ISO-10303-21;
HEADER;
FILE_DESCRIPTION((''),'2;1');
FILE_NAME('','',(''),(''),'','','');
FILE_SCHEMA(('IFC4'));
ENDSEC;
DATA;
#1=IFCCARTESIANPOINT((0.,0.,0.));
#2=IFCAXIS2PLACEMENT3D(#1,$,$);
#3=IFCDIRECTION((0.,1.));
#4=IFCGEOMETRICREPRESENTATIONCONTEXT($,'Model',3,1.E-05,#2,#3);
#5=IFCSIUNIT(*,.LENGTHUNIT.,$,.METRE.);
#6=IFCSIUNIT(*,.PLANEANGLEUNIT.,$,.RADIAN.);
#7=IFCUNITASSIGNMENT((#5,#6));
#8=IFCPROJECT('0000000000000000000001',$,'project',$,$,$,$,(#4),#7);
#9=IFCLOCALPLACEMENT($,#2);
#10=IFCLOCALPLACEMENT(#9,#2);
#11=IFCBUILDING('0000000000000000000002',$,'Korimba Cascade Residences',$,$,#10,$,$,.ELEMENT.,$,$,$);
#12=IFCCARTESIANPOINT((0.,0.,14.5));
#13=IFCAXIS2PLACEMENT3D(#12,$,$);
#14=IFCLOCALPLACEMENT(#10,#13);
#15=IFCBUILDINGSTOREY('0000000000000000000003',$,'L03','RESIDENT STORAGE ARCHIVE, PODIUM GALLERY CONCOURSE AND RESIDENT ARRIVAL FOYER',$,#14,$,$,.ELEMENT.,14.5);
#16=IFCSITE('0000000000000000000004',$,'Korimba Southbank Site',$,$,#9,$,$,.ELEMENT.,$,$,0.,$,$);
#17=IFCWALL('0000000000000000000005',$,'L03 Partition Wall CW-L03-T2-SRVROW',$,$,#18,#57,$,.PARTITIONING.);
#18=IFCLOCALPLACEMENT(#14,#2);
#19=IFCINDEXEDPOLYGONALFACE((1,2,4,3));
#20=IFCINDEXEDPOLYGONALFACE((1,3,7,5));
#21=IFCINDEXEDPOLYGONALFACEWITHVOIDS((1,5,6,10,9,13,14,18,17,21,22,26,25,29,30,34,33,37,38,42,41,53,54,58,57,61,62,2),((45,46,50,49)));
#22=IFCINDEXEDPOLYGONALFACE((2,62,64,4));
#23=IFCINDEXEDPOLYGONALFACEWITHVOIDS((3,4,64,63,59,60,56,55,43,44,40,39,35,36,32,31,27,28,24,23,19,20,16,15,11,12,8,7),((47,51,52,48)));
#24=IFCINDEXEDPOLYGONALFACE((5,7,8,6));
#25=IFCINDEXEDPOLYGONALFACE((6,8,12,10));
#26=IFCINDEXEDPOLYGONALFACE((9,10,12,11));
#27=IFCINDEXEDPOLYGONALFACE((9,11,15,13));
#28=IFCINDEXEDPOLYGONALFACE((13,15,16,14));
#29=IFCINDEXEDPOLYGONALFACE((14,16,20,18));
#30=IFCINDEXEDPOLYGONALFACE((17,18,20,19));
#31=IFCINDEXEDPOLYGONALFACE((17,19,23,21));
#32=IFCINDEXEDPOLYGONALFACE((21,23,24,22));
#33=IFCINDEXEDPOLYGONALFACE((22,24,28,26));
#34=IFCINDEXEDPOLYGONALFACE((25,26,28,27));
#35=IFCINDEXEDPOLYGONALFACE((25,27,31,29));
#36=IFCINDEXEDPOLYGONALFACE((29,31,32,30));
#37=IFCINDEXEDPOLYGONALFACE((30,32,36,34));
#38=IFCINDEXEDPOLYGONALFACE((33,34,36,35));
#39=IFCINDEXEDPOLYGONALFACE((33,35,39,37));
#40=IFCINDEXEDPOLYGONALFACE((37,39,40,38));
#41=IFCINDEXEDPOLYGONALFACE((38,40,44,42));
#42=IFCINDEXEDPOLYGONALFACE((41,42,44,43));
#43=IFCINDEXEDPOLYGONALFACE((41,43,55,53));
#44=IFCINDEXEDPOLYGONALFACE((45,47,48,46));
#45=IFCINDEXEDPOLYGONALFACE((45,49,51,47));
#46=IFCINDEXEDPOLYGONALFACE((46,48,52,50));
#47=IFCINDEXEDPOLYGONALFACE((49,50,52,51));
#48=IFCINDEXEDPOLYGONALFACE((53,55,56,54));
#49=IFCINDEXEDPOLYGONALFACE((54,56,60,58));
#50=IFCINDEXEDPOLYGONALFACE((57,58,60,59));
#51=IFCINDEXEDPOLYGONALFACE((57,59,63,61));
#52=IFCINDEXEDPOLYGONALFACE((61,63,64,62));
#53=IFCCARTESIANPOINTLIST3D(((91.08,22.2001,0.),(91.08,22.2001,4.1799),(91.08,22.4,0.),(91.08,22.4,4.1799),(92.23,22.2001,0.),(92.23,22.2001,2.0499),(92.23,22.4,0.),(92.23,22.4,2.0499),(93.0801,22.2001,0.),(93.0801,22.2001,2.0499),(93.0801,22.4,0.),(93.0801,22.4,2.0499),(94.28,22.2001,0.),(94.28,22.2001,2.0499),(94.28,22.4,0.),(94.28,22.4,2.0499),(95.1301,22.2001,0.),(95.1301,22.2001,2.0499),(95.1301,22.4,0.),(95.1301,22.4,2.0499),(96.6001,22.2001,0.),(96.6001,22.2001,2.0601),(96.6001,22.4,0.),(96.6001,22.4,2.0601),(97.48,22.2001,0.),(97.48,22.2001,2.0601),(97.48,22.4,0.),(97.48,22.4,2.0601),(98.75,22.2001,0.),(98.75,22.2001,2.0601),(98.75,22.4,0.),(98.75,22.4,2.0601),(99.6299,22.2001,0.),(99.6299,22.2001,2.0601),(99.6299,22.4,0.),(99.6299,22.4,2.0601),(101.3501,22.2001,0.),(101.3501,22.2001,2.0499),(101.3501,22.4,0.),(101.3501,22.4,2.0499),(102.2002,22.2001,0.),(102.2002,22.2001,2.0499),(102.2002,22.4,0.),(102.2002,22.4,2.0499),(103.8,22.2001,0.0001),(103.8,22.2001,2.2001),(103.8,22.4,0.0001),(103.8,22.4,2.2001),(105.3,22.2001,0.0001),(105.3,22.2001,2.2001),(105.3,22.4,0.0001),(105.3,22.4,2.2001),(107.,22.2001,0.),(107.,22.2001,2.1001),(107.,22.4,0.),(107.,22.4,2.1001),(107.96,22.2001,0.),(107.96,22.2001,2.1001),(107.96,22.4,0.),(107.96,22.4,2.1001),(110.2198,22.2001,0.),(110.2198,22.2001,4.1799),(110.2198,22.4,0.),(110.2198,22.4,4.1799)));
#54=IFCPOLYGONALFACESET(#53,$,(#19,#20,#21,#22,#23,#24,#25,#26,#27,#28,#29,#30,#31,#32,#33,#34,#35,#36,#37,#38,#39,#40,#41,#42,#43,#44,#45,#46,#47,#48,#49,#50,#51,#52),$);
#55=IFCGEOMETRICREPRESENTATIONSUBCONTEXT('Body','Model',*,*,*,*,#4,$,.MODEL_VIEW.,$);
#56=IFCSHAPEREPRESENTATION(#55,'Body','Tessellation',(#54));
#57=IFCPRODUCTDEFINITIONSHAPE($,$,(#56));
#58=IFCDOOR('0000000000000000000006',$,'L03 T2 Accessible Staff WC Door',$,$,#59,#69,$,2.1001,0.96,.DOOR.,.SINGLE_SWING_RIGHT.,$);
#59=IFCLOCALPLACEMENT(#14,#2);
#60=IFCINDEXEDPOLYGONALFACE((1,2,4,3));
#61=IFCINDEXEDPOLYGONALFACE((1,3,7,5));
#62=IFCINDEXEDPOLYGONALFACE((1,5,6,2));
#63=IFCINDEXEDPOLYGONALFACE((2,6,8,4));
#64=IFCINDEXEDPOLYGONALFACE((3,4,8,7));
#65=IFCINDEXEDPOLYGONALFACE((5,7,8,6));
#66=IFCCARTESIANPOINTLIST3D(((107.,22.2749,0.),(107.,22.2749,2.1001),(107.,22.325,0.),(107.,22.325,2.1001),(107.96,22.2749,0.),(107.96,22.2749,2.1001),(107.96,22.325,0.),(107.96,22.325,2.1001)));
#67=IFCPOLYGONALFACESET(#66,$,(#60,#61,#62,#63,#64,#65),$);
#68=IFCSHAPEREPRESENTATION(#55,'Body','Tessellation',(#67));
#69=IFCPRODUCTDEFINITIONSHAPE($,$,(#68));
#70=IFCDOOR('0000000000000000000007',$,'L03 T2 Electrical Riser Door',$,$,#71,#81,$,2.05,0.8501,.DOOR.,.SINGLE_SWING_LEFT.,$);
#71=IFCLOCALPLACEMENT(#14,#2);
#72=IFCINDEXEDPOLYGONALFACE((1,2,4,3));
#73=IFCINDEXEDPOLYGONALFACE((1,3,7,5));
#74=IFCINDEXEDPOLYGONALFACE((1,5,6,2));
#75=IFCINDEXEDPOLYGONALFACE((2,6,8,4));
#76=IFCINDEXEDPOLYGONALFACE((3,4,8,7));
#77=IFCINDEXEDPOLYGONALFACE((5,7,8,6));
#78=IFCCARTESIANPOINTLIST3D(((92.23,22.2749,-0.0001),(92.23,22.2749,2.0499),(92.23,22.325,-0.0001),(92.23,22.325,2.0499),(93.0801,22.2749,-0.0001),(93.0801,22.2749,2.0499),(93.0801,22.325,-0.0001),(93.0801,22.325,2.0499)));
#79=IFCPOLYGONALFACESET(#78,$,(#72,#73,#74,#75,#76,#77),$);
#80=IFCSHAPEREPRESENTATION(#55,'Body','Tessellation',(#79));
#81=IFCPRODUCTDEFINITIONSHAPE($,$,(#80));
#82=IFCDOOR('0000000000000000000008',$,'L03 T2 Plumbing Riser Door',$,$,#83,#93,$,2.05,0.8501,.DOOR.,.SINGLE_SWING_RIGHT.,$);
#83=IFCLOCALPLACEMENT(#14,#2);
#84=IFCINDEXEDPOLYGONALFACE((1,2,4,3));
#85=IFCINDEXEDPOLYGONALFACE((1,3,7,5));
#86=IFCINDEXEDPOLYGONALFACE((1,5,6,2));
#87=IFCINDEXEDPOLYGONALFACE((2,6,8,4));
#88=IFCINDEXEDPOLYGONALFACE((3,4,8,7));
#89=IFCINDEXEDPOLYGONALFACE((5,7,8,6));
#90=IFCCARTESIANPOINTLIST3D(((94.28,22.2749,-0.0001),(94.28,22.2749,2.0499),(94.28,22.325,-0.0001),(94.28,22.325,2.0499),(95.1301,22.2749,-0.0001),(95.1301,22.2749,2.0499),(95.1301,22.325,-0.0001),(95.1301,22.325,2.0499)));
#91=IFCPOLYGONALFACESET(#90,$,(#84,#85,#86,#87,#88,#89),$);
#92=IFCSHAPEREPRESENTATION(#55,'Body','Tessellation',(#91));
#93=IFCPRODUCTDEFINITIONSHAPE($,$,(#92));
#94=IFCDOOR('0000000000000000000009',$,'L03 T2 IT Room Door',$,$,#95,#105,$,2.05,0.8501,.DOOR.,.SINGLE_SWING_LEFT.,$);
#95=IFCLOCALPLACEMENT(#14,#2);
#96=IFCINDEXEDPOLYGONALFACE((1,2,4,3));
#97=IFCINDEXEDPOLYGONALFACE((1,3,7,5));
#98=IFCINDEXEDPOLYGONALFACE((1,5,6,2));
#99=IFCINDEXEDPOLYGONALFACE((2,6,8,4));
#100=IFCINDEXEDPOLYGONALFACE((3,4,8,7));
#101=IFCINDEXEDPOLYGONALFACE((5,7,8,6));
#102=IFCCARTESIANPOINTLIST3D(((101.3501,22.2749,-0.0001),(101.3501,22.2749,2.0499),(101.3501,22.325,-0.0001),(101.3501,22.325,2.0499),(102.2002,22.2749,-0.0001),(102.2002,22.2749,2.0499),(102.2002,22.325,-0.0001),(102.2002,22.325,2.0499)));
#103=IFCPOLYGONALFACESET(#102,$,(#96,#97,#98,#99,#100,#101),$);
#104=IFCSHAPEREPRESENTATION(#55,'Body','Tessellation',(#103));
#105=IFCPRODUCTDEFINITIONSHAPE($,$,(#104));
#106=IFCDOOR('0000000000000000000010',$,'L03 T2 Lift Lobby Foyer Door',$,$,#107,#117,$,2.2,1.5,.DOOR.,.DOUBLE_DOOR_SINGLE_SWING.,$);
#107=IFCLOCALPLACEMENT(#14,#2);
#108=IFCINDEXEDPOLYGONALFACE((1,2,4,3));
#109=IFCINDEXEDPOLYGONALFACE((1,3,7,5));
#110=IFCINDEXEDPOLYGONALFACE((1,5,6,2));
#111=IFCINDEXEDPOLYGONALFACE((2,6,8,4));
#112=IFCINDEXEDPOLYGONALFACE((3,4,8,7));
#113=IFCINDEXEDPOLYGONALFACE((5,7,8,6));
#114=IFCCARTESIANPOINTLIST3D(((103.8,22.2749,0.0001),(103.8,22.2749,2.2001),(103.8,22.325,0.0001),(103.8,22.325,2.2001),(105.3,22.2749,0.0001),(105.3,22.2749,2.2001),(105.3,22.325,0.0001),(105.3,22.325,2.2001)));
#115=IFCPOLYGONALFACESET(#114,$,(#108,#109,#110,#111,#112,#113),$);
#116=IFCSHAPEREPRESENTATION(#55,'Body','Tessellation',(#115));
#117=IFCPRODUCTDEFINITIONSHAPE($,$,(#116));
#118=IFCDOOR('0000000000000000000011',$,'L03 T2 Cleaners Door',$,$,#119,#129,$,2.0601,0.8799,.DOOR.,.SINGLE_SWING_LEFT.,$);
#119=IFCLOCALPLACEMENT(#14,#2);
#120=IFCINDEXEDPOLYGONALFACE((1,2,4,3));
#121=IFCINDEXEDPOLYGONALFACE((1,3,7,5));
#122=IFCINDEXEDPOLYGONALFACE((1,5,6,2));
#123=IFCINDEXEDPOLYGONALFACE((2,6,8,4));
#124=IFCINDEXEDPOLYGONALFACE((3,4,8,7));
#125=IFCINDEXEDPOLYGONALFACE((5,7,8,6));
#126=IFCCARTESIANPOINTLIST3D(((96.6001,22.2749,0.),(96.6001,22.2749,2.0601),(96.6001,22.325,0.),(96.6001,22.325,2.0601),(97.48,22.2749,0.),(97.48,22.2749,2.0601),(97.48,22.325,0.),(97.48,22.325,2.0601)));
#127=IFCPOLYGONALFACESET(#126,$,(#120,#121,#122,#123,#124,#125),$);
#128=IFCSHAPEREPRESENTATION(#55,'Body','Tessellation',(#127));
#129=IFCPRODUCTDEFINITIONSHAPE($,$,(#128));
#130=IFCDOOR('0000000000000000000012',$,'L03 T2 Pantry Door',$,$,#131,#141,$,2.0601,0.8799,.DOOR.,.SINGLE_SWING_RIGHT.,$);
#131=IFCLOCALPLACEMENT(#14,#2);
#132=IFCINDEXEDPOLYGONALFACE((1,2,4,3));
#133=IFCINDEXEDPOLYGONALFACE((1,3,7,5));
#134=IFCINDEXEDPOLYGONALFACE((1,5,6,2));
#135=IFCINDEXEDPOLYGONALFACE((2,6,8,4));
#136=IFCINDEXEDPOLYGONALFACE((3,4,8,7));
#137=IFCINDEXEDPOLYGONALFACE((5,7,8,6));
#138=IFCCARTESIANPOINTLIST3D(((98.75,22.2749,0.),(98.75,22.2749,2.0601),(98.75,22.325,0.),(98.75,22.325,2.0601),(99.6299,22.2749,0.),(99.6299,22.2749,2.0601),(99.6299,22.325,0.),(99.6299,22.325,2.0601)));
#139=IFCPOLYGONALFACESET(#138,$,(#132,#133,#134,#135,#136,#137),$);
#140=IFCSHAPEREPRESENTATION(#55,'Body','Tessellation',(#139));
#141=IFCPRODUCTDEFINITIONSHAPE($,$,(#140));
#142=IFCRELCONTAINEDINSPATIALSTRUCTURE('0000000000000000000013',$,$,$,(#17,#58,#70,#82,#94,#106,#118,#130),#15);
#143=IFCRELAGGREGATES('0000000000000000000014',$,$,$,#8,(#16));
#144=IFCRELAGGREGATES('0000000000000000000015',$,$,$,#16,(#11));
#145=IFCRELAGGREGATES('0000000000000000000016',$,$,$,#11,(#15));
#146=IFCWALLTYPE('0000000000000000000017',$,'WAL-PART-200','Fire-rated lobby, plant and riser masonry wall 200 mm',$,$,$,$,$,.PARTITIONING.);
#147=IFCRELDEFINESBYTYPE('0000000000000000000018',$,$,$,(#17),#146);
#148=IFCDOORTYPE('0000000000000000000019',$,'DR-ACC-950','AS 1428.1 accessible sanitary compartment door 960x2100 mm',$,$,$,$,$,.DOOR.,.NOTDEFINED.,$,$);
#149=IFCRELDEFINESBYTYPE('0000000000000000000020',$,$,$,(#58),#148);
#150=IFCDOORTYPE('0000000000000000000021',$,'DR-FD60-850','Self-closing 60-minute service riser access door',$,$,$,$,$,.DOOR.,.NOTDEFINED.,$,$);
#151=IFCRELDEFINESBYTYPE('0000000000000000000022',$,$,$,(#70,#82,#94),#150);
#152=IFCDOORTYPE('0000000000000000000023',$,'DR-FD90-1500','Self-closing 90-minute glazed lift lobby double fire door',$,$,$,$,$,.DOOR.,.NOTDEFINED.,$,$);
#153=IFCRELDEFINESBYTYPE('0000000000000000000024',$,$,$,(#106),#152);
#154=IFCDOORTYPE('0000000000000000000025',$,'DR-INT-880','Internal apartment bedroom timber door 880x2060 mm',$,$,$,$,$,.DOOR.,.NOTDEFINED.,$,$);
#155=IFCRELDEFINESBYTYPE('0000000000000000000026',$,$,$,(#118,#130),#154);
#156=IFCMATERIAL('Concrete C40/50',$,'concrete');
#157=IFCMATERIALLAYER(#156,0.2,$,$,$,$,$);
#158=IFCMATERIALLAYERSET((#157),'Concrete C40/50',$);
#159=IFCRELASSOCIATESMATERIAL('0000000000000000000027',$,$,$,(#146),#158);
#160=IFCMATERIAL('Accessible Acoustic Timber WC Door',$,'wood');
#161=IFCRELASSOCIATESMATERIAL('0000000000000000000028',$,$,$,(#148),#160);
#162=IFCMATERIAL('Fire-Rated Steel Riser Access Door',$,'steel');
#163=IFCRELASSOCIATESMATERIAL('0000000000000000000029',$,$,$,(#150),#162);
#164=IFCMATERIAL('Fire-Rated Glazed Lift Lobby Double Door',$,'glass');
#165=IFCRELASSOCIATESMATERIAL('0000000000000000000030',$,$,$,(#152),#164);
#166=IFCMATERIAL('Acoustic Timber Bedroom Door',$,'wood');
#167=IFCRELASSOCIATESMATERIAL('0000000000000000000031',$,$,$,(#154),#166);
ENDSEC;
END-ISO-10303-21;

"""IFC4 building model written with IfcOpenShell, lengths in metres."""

from ifc_helpers import new_model, si_unit, direction, frame, frame_2d, origin, place, context, subcontext, project, spatial, rectangle, extrude, material, layer, layer_set, type_object, element, fill, save


model = new_model("IFC4")

# Units and contexts
model_context = context("Model", 3, precision=1e-05, world=origin(), true_north=direction((0.0, 1.0)))
body_context = subcontext(model_context, "Body", "Model", "MODEL_VIEW")
ifc_project = project(units=[si_unit("LENGTHUNIT", "METRE"), si_unit("PLANEANGLEUNIT", "RADIAN")], contexts=[model_context])

# Site, building, storey
site_placement = place(None, origin())
site = spatial("IfcSite", under=ifc_project, at=site_placement, Name="Korimba Southbank Site", CompositionType="ELEMENT", RefElevation=0.0)
building_placement = place(site_placement, origin())
building = spatial("IfcBuilding", under=site, at=building_placement, Name="Korimba Cascade Residences", CompositionType="ELEMENT")
storey_placement = place(building_placement, frame((0.0, 0.0, 14.5)))
storey = spatial("IfcBuildingStorey", under=building, at=storey_placement, Name="L03", Description="RESIDENT STORAGE ARCHIVE, PODIUM GALLERY CONCOURSE AND RESIDENT ARRIVAL FOYER", CompositionType="ELEMENT", Elevation=14.5)

# Shared definitions
ifc_material_1 = material(Name="Concrete C40/50", Category="concrete")
ifc_layer_1 = layer(ifc_material_1, 0.2)
ifc_layer_set_1 = layer_set([ifc_layer_1], Name="Concrete C40/50")
wall_type_1 = type_object("IfcWallType", Name="WAL-PART-200", Description="Fire-rated lobby, plant and riser masonry wall 200 mm", PredefinedType="PARTITIONING", material=ifc_layer_set_1)

# Wall, openings, doors
wall_1_placement = place(storey_placement, frame((91.0801, 22.3, 0.0), z_axis=(0.0, 0.0, 1.0), x_axis=(1.0, 0.0, 0.0)))
wall_1 = element("IfcWall", 1, at=wall_1_placement, inside=storey, type_object=wall_type_1, Name="L03 Partition Wall CW-L03-T2-SRVROW", PredefinedType="PARTITIONING", context=body_context, shape_type="SweptSolid", body=[
    extrude(rectangle(XDim=19.1399, YDim=0.2, at=frame_2d((9.5698, 0.0))), origin(), (0.0, 0.0, 1.0), 4.1799),
])
opening_1_placement = place(wall_1_placement, frame((1.1499, 0.0, 0.0)))
opening_1 = element("IfcOpeningElement", 2, at=opening_1_placement, cuts=wall_1, PredefinedType="OPENING", context=body_context, shape_type="SweptSolid", body=[
    extrude(rectangle(XDim=0.8501, YDim=2.05, at=frame_2d((0.425, 1.0249))), frame((0.0, 0.1099, 0.0), z_axis=(0.0, -1.0, 0.0), x_axis=(1.0, 0.0, 0.0)), (0.0, 0.0, 1.0), 0.22),
])
opening_2_placement = place(wall_1_placement, frame((3.2, 0.0, 0.0)))
opening_2 = element("IfcOpeningElement", 3, at=opening_2_placement, cuts=wall_1, PredefinedType="OPENING", context=body_context, shape_type="SweptSolid", body=[
    extrude(rectangle(XDim=0.8501, YDim=2.05, at=frame_2d((0.425, 1.0249))), frame((0.0, 0.1099, 0.0), z_axis=(0.0, -1.0, 0.0), x_axis=(1.0, 0.0, 0.0)), (0.0, 0.0, 1.0), 0.22),
])
opening_3_placement = place(wall_1_placement, frame((12.72, 0.0, 0.0)))
opening_3 = element("IfcOpeningElement", 4, at=opening_3_placement, cuts=wall_1, PredefinedType="OPENING", context=body_context, shape_type="SweptSolid", body=[
    extrude(rectangle(XDim=1.5, YDim=2.2, at=frame_2d((0.75, 1.1001))), frame((0.0, 0.1099, 0.0), z_axis=(0.0, -1.0, 0.0), x_axis=(1.0, 0.0, 0.0)), (0.0, 0.0, 1.0), 0.22),
])
opening_4_placement = place(wall_1_placement, frame((5.52, 0.0, 0.0)))
opening_4 = element("IfcOpeningElement", 5, at=opening_4_placement, cuts=wall_1, PredefinedType="OPENING", context=body_context, shape_type="SweptSolid", body=[
    extrude(rectangle(XDim=0.8799, YDim=2.0601, at=frame_2d((0.4399, 1.03))), frame((0.0, 0.1099, 0.0), z_axis=(0.0, -1.0, 0.0), x_axis=(1.0, 0.0, 0.0)), (0.0, 0.0, 1.0), 0.22),
])
opening_5_placement = place(wall_1_placement, frame((7.6699, 0.0, 0.0)))
opening_5 = element("IfcOpeningElement", 6, at=opening_5_placement, cuts=wall_1, PredefinedType="OPENING", context=body_context, shape_type="SweptSolid", body=[
    extrude(rectangle(XDim=0.8799, YDim=2.0601, at=frame_2d((0.4399, 1.03))), frame((0.0, 0.1099, 0.0), z_axis=(0.0, -1.0, 0.0), x_axis=(1.0, 0.0, 0.0)), (0.0, 0.0, 1.0), 0.22),
])
opening_6_placement = place(wall_1_placement, frame((10.27, 0.0, 0.0)))
opening_6 = element("IfcOpeningElement", 7, at=opening_6_placement, cuts=wall_1, PredefinedType="OPENING", context=body_context, shape_type="SweptSolid", body=[
    extrude(rectangle(XDim=0.8501, YDim=2.05, at=frame_2d((0.425, 1.0249))), frame((0.0, 0.1099, 0.0), z_axis=(0.0, -1.0, 0.0), x_axis=(1.0, 0.0, 0.0)), (0.0, 0.0, 1.0), 0.22),
])
opening_7_placement = place(wall_1_placement, frame((15.9199, 0.0, 0.0)))
opening_7 = element("IfcOpeningElement", 8, at=opening_7_placement, cuts=wall_1, PredefinedType="OPENING", context=body_context, shape_type="SweptSolid", body=[
    extrude(rectangle(XDim=0.96, YDim=2.1001, at=frame_2d((0.48, 1.05))), frame((0.0, 0.1099, 0.0), z_axis=(0.0, -1.0, 0.0), x_axis=(1.0, 0.0, 0.0)), (0.0, 0.0, 1.0), 0.22),
])
ifc_material_2 = material(Name="Accessible Acoustic Timber WC Door", Category="wood")
door_type_1 = type_object("IfcDoorType", Name="DR-ACC-950", Description="AS 1428.1 accessible sanitary compartment door 960x2100 mm", OperationType="NOTDEFINED", PredefinedType="DOOR", material=ifc_material_2)
door_1_placement = place(opening_7_placement, origin())
door_1 = element("IfcDoor", 9, at=door_1_placement, inside=storey, type_object=door_type_1, Name="L03 T2 Accessible Staff WC Door", OperationType="SINGLE_SWING_RIGHT", OverallHeight=2.1001, OverallWidth=0.96, PredefinedType="DOOR", context=body_context, shape_type="SweptSolid", body=[
    extrude(rectangle(XDim=0.96, YDim=2.1001, at=frame_2d((0.48, 1.05))), frame((0.0, 0.0249, 0.0), z_axis=(0.0, -1.0, 0.0), x_axis=(1.0, 0.0, 0.0)), (0.0, 0.0, 1.0), 0.05),
])
fill(opening_7, door_1)
ifc_material_3 = material(Name="Fire-Rated Steel Riser Access Door", Category="steel")
door_type_2 = type_object("IfcDoorType", Name="DR-FD60-850", Description="Self-closing 60-minute service riser access door", OperationType="NOTDEFINED", PredefinedType="DOOR", material=ifc_material_3)
door_2_placement = place(opening_1_placement, origin())
door_2 = element("IfcDoor", 10, at=door_2_placement, inside=storey, type_object=door_type_2, Name="L03 T2 Electrical Riser Door", OperationType="SINGLE_SWING_LEFT", OverallHeight=2.05, OverallWidth=0.8501, PredefinedType="DOOR", context=body_context, shape_type="SweptSolid", body=[
    extrude(rectangle(XDim=0.8501, YDim=2.05, at=frame_2d((0.425, 1.0249))), frame((0.0, 0.0249, 0.0), z_axis=(0.0, -1.0, 0.0), x_axis=(1.0, 0.0, 0.0)), (0.0, 0.0, 1.0), 0.05),
])
fill(opening_1, door_2)
door_3_placement = place(opening_2_placement, origin())
door_3 = element("IfcDoor", 11, at=door_3_placement, inside=storey, type_object=door_type_2, Name="L03 T2 Plumbing Riser Door", OperationType="SINGLE_SWING_RIGHT", OverallHeight=2.05, OverallWidth=0.8501, PredefinedType="DOOR", context=body_context, shape_type="SweptSolid", body=[
    extrude(rectangle(XDim=0.8501, YDim=2.05, at=frame_2d((0.425, 1.0249))), frame((0.0, 0.0249, 0.0), z_axis=(0.0, -1.0, 0.0), x_axis=(1.0, 0.0, 0.0)), (0.0, 0.0, 1.0), 0.05),
])
fill(opening_2, door_3)
door_4_placement = place(opening_6_placement, origin())
door_4 = element("IfcDoor", 12, at=door_4_placement, inside=storey, type_object=door_type_2, Name="L03 T2 IT Room Door", OperationType="SINGLE_SWING_LEFT", OverallHeight=2.05, OverallWidth=0.8501, PredefinedType="DOOR", context=body_context, shape_type="SweptSolid", body=[
    extrude(rectangle(XDim=0.8501, YDim=2.05, at=frame_2d((0.425, 1.0249))), frame((0.0, 0.0249, 0.0), z_axis=(0.0, -1.0, 0.0), x_axis=(1.0, 0.0, 0.0)), (0.0, 0.0, 1.0), 0.05),
])
fill(opening_6, door_4)
ifc_material_4 = material(Name="Fire-Rated Glazed Lift Lobby Double Door", Category="glass")
door_type_3 = type_object("IfcDoorType", Name="DR-FD90-1500", Description="Self-closing 90-minute glazed lift lobby double fire door", OperationType="NOTDEFINED", PredefinedType="DOOR", material=ifc_material_4)
door_5_placement = place(opening_3_placement, origin())
door_5 = element("IfcDoor", 13, at=door_5_placement, inside=storey, type_object=door_type_3, Name="L03 T2 Lift Lobby Foyer Door", OperationType="DOUBLE_DOOR_SINGLE_SWING", OverallHeight=2.2, OverallWidth=1.5, PredefinedType="DOOR", context=body_context, shape_type="SweptSolid", body=[
    extrude(rectangle(XDim=1.5, YDim=2.2, at=frame_2d((0.75, 1.1001))), frame((0.0, 0.0249, 0.0), z_axis=(0.0, -1.0, 0.0), x_axis=(1.0, 0.0, 0.0)), (0.0, 0.0, 1.0), 0.05),
])
fill(opening_3, door_5)
ifc_material_5 = material(Name="Acoustic Timber Bedroom Door", Category="wood")
door_type_4 = type_object("IfcDoorType", Name="DR-INT-880", Description="Internal apartment bedroom timber door 880x2060 mm", OperationType="NOTDEFINED", PredefinedType="DOOR", material=ifc_material_5)
door_6_placement = place(opening_4_placement, origin())
door_6 = element("IfcDoor", 14, at=door_6_placement, inside=storey, type_object=door_type_4, Name="L03 T2 Cleaners Door", OperationType="SINGLE_SWING_LEFT", OverallHeight=2.0601, OverallWidth=0.8799, PredefinedType="DOOR", context=body_context, shape_type="SweptSolid", body=[
    extrude(rectangle(XDim=0.8799, YDim=2.0601, at=frame_2d((0.4399, 1.03))), frame((0.0, 0.0249, 0.0), z_axis=(0.0, -1.0, 0.0), x_axis=(1.0, 0.0, 0.0)), (0.0, 0.0, 1.0), 0.05),
])
fill(opening_4, door_6)
door_7_placement = place(opening_5_placement, origin())
door_7 = element("IfcDoor", 15, at=door_7_placement, inside=storey, type_object=door_type_4, Name="L03 T2 Pantry Door", OperationType="SINGLE_SWING_RIGHT", OverallHeight=2.0601, OverallWidth=0.8799, PredefinedType="DOOR", context=body_context, shape_type="SweptSolid", body=[
    extrude(rectangle(XDim=0.8799, YDim=2.0601, at=frame_2d((0.4399, 1.03))), frame((0.0, 0.0249, 0.0), z_axis=(0.0, -1.0, 0.0), x_axis=(1.0, 0.0, 0.0)), (0.0, 0.0, 1.0), 0.05),
])
fill(opening_5, door_7)

save(model, "model.ifc")
